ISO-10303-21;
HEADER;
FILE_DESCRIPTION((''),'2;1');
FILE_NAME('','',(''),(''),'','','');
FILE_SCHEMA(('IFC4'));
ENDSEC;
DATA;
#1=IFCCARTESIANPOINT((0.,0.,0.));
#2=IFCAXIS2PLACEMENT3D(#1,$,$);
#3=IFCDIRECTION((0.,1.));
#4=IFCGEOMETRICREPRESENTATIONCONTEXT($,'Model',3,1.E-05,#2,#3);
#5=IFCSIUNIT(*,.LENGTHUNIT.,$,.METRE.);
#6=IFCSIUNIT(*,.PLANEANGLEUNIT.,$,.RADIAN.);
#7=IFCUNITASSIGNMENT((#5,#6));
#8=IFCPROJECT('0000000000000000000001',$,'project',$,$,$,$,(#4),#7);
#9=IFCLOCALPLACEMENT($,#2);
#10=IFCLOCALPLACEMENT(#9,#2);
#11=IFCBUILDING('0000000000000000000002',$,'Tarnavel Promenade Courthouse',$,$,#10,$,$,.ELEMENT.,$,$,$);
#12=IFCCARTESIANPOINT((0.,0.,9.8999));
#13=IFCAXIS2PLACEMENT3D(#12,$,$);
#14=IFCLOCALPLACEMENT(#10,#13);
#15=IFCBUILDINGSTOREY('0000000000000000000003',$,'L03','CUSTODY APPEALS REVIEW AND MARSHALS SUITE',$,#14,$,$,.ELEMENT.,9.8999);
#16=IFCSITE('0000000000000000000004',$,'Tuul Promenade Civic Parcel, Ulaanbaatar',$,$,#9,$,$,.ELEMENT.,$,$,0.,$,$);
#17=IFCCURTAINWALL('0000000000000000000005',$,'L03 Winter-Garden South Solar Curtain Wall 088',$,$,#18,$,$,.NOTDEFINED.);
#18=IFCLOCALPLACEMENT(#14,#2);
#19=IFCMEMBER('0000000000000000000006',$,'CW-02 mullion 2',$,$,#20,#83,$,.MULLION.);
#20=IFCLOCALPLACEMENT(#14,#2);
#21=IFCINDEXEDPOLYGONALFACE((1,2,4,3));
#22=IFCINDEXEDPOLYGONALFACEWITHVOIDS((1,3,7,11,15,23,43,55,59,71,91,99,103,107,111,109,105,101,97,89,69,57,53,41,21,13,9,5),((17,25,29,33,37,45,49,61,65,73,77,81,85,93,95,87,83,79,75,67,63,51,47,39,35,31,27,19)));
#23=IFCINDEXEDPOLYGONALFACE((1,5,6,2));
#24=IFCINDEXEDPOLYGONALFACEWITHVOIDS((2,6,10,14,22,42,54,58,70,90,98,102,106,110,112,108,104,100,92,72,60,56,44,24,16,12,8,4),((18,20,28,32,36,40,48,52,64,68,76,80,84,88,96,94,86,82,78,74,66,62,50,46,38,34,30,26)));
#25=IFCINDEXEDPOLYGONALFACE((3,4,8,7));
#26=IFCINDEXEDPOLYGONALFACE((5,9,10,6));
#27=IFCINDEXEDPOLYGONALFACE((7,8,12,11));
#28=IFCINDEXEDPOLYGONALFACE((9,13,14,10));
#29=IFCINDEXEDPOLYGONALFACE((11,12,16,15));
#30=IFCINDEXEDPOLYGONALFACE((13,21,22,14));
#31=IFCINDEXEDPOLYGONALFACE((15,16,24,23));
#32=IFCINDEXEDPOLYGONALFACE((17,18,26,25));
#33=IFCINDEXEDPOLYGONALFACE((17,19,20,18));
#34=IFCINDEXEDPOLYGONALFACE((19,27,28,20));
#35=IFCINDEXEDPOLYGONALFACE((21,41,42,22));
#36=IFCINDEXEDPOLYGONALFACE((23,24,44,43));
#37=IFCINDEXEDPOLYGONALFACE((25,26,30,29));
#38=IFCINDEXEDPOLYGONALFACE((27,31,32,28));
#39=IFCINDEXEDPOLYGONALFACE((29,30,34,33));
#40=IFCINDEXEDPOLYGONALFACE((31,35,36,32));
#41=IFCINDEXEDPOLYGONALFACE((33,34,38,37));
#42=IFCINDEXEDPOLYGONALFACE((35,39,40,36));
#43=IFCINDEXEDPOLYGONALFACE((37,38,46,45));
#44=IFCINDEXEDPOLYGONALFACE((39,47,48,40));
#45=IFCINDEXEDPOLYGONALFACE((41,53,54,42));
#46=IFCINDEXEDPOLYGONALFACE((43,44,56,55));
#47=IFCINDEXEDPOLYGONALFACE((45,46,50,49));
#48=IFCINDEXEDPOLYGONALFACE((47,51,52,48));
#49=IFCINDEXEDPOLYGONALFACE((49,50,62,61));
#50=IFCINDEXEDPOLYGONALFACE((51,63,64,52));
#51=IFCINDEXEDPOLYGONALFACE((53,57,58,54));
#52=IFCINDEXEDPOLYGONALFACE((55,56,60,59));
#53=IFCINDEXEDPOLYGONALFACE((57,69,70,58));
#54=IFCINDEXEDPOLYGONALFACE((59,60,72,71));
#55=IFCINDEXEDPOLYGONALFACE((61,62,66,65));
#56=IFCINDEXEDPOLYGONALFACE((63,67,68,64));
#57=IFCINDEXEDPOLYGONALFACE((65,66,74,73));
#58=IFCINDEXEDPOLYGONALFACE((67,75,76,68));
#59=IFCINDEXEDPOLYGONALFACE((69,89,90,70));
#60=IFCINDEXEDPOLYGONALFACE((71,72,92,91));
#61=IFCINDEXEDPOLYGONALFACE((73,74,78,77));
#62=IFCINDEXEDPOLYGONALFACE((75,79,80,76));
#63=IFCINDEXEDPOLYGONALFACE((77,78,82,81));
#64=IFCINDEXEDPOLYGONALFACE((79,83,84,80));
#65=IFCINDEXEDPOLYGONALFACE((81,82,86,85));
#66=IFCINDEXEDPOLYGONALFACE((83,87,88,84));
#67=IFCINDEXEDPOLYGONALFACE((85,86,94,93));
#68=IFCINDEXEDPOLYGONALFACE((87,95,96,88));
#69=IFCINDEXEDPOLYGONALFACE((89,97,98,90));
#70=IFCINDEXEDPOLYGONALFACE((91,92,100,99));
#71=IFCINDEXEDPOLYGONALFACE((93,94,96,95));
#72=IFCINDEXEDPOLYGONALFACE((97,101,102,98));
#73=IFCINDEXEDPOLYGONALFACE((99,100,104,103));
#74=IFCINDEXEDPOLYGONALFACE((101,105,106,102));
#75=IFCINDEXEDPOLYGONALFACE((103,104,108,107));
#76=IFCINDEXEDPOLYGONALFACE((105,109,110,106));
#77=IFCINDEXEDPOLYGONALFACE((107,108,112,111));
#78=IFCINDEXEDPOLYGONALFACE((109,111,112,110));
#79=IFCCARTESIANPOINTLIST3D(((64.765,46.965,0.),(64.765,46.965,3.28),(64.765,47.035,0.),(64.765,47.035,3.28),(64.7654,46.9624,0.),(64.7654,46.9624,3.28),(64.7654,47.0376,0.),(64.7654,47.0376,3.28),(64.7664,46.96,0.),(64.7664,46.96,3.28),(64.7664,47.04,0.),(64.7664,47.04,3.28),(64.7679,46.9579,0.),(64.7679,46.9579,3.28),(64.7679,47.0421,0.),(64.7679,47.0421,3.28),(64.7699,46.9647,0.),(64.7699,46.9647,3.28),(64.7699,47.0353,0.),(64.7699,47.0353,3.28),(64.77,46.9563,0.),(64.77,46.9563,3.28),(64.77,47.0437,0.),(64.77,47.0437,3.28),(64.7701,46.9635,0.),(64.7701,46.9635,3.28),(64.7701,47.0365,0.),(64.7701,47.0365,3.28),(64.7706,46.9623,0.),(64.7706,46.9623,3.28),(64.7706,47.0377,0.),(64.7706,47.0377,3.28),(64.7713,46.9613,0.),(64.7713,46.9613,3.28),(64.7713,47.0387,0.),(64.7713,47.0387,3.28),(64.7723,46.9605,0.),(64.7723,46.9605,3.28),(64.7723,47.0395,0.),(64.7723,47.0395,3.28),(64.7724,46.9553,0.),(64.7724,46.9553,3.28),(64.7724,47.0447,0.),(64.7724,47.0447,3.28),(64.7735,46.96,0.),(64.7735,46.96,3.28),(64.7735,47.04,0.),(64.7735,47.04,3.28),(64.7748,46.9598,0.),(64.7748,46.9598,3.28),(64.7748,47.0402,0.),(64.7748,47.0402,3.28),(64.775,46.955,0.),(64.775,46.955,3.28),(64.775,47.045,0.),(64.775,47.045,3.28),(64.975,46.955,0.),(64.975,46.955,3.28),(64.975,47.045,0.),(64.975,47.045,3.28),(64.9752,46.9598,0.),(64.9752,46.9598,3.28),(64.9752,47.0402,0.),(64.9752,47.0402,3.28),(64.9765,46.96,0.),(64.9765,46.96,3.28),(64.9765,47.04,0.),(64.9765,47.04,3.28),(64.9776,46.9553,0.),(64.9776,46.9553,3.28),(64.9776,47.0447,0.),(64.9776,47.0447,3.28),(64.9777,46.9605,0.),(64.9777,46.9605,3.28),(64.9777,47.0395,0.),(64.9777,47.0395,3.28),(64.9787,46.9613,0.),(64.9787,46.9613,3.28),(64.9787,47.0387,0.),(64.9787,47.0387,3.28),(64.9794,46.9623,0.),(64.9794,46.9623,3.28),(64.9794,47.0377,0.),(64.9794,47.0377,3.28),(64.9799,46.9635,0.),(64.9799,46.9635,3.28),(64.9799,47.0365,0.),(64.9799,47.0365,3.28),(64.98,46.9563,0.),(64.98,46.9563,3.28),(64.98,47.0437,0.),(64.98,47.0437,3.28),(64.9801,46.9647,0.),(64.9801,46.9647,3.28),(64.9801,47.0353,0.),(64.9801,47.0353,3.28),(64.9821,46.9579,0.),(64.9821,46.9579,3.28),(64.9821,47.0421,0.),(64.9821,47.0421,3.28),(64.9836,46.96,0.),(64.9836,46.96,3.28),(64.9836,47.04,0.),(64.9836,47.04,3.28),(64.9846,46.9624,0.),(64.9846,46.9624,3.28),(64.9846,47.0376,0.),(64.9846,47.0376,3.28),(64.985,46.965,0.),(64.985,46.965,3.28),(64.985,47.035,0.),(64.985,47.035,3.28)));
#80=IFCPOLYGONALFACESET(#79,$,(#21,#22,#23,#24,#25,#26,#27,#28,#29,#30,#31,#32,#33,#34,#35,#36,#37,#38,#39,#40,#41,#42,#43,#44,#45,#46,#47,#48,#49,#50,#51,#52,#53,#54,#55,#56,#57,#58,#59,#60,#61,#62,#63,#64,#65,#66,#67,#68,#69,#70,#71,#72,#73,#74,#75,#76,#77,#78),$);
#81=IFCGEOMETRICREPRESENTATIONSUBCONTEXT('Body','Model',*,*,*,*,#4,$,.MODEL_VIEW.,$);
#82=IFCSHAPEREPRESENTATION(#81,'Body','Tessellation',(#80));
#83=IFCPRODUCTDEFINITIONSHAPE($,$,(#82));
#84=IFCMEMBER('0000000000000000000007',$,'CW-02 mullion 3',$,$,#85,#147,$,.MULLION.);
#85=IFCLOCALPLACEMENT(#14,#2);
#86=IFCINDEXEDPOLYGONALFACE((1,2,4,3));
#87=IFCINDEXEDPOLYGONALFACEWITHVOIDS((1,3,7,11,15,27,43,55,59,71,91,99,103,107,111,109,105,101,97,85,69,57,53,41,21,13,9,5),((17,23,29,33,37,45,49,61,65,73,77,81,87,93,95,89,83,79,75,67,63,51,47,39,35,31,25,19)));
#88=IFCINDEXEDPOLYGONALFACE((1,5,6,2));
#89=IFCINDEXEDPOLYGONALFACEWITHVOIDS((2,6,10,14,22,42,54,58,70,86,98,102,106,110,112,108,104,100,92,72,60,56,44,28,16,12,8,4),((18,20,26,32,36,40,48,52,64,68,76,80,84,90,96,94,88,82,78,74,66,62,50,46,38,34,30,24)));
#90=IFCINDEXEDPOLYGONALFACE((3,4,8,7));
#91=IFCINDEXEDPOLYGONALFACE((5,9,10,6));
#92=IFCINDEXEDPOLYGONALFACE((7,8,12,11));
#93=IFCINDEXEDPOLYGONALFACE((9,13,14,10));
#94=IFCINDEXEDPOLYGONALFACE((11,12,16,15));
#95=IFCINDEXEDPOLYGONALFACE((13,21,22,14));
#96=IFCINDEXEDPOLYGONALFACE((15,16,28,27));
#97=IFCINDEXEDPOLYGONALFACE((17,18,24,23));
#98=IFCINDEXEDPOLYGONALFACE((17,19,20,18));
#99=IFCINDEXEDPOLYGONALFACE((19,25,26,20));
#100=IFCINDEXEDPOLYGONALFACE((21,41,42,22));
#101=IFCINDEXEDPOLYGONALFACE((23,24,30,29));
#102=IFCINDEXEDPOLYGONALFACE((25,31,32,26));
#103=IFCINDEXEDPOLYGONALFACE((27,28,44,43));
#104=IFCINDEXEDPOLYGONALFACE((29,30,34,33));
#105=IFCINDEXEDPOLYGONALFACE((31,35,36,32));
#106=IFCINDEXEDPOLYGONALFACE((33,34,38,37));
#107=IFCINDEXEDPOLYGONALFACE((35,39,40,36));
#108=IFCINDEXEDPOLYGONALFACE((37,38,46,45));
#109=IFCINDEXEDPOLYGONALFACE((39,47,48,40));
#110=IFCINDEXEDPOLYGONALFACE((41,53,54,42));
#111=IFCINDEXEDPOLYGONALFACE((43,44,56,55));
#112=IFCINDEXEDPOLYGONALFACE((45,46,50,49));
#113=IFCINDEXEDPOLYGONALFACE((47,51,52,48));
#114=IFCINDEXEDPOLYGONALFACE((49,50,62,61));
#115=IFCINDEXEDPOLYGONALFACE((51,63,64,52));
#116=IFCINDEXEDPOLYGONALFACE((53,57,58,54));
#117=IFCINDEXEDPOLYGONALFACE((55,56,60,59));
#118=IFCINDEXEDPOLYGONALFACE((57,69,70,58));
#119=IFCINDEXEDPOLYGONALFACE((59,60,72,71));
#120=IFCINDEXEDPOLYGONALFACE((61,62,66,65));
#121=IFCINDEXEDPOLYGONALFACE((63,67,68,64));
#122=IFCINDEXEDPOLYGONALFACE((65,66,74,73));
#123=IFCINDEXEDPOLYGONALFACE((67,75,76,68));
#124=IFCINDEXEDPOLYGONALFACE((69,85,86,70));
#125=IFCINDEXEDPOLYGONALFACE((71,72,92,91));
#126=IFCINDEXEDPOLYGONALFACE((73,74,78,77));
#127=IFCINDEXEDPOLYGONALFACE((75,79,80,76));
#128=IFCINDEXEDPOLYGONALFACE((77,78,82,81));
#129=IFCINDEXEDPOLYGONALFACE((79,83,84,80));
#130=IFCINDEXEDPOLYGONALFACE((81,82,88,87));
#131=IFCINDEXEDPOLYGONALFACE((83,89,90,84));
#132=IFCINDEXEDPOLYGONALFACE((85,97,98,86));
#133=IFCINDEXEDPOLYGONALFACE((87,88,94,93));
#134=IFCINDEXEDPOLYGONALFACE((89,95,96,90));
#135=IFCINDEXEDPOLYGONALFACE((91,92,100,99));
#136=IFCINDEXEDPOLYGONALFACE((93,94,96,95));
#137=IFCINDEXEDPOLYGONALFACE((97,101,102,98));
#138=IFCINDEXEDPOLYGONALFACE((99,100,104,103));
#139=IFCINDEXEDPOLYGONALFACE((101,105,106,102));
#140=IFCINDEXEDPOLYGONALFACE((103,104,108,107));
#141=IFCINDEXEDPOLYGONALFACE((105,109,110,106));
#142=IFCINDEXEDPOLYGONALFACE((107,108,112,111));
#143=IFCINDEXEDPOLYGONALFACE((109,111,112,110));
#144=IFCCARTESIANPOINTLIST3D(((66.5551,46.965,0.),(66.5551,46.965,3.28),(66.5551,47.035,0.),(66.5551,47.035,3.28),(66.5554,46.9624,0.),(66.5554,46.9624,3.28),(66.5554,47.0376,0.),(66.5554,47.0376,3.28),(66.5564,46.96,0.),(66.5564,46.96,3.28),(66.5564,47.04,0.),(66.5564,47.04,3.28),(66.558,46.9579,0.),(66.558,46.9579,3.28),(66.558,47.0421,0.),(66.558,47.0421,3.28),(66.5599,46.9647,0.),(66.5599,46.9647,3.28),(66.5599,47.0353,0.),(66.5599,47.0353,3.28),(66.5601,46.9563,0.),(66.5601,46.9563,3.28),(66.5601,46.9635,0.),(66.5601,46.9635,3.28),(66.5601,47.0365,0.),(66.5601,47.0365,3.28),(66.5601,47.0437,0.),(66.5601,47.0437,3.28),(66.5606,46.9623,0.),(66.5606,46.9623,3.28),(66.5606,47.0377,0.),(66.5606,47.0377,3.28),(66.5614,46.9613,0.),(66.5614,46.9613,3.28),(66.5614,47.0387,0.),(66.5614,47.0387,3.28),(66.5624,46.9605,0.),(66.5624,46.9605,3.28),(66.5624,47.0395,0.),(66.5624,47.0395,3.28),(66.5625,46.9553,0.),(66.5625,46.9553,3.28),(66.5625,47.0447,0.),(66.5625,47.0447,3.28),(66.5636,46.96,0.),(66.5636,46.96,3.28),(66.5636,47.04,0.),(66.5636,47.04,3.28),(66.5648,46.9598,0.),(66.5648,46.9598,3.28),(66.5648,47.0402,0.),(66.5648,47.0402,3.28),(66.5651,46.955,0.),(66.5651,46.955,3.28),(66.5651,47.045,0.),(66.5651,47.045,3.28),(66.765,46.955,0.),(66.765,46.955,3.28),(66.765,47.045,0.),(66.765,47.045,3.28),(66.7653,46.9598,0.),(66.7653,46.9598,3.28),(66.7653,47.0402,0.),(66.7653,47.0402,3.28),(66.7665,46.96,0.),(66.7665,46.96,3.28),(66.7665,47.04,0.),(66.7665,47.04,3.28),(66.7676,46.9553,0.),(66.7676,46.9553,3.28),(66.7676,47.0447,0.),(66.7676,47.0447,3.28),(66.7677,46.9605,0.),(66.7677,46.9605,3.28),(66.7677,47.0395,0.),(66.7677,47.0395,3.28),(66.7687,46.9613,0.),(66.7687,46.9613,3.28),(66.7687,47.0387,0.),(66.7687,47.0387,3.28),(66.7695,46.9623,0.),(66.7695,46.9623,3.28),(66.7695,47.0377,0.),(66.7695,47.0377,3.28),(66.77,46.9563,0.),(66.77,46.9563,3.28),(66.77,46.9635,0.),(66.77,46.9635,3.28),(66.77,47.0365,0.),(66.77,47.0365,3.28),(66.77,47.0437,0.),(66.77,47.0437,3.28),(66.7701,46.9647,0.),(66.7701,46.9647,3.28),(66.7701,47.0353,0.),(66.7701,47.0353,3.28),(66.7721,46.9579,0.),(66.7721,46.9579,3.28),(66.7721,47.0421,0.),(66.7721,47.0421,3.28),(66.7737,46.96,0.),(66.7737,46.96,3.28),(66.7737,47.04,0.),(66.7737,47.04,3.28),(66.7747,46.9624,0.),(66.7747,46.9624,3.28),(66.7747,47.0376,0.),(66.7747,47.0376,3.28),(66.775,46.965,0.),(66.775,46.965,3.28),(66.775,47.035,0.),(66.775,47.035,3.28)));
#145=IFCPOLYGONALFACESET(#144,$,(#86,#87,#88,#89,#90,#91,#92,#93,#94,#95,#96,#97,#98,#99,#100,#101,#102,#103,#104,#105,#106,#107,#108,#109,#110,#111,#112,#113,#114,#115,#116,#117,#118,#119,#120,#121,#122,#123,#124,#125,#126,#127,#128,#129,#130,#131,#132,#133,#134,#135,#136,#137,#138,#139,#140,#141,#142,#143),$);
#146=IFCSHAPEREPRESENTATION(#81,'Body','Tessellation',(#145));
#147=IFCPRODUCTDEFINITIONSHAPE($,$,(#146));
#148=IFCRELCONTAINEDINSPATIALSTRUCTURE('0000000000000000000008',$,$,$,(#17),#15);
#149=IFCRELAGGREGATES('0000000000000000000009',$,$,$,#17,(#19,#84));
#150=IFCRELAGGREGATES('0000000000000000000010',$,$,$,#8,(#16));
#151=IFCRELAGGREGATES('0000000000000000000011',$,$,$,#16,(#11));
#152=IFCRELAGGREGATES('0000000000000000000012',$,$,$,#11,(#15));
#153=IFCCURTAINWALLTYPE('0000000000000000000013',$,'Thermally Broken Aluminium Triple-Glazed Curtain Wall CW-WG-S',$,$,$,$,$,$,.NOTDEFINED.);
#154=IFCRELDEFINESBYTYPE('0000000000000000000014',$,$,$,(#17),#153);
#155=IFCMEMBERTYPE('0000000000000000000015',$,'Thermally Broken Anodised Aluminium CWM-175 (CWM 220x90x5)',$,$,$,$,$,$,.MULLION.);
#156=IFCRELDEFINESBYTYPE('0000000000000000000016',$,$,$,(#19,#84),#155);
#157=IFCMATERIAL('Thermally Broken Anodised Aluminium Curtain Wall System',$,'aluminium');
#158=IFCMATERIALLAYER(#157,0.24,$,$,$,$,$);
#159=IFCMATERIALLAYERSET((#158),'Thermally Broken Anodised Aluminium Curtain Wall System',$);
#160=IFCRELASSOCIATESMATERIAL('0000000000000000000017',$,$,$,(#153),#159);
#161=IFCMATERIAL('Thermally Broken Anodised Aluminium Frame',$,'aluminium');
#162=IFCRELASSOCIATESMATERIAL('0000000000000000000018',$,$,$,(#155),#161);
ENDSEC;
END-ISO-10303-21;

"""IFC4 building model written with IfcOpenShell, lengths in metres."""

from ifc_helpers import new_model, si_unit, direction, frame, origin, origin_2d, place, context, subcontext, project, spatial, hollow_rectangle, extrude, material, layer, layer_set, material_profile, profile_set, type_object, element, aggregate, save


model = new_model("IFC4")

# Units and contexts
model_context = context("Model", 3, precision=1e-05, world=origin(), true_north=direction((0.0, 1.0)))
body_context = subcontext(model_context, "Body", "Model", "MODEL_VIEW")
ifc_project = project(units=[si_unit("LENGTHUNIT", "METRE"), si_unit("PLANEANGLEUNIT", "RADIAN")], contexts=[model_context])

# Site, building, storey
site_placement = place(None, origin())
site = spatial("IfcSite", under=ifc_project, at=site_placement, Name="Tuul Promenade Civic Parcel, Ulaanbaatar", CompositionType="ELEMENT", RefElevation=0.0)
building_placement = place(site_placement, origin())
building = spatial("IfcBuilding", under=site, at=building_placement, Name="Tarnavel Promenade Courthouse", CompositionType="ELEMENT")
storey_placement = place(building_placement, frame((0.0, 0.0, 9.8999)))
storey = spatial("IfcBuildingStorey", under=building, at=storey_placement, Name="L03", Description="CUSTODY APPEALS REVIEW AND MARSHALS SUITE", CompositionType="ELEMENT", Elevation=9.8999)

# Curtain wall, members
ifc_material_1 = material(Name="Thermally Broken Anodised Aluminium Curtain Wall System", Category="aluminium")
ifc_layer_1 = layer(ifc_material_1, 0.24)
ifc_layer_set_1 = layer_set([ifc_layer_1], Name="Thermally Broken Anodised Aluminium Curtain Wall System")
curtain_wall_type = type_object("IfcCurtainWallType", Name="Thermally Broken Aluminium Triple-Glazed Curtain Wall CW-WG-S", PredefinedType="NOTDEFINED", material=ifc_layer_set_1)
curtain_wall_1_placement = place(storey_placement, origin())
curtain_wall_1 = element("IfcCurtainWall", 1, at=curtain_wall_1_placement, inside=storey, type_object=curtain_wall_type, Name="L03 Winter-Garden South Solar Curtain Wall 088", PredefinedType="NOTDEFINED")
ifc_material_2 = material(Name="Thermally Broken Anodised Aluminium Frame", Category="aluminium")
ifc_material_profile_1 = material_profile(ifc_material_2, hollow_rectangle(XDim=0.0901, YDim=0.22, WallThickness=0.0049, InnerFilletRadius=0.0049, OuterFilletRadius=0.01, at=origin_2d()), Name="CWM 220x90x5")
ifc_profile_set_1 = profile_set([ifc_material_profile_1], Name="Thermally Broken Anodised Aluminium Frame")
member_type_1 = type_object("IfcMemberType", Name="Thermally Broken Anodised Aluminium CWM-175 (CWM 220x90x5)", PredefinedType="MULLION", material=ifc_profile_set_1)
member_1_placement = place(storey_placement, frame((64.875, 47.0, 0.0), z_axis=(0.0, 0.0, 1.0), x_axis=(0.0, 1.0, 0.0)))
member_1 = element("IfcMember", 2, at=member_1_placement, type_object=member_type_1, Name="CW-02 mullion 2", PredefinedType="MULLION", context=body_context, shape_type="SweptSolid", body=[
    extrude(hollow_rectangle(XDim=0.0901, YDim=0.22, WallThickness=0.0049, InnerFilletRadius=0.0049, OuterFilletRadius=0.01, at=origin_2d()), origin(), (0.0, 0.0, 1.0), 3.28),
])
member_2_placement = place(storey_placement, frame((66.665, 47.0, 0.0), z_axis=(0.0, 0.0, 1.0), x_axis=(0.0, 1.0, 0.0)))
member_2 = element("IfcMember", 3, at=member_2_placement, type_object=member_type_1, Name="CW-02 mullion 3", PredefinedType="MULLION", context=body_context, shape_type="SweptSolid", body=[
    extrude(hollow_rectangle(XDim=0.0901, YDim=0.22, WallThickness=0.0049, InnerFilletRadius=0.0049, OuterFilletRadius=0.01, at=origin_2d()), origin(), (0.0, 0.0, 1.0), 3.28),
])

aggregate(curtain_wall_1, [member_1, member_2])

save(model, "model.ifc")
